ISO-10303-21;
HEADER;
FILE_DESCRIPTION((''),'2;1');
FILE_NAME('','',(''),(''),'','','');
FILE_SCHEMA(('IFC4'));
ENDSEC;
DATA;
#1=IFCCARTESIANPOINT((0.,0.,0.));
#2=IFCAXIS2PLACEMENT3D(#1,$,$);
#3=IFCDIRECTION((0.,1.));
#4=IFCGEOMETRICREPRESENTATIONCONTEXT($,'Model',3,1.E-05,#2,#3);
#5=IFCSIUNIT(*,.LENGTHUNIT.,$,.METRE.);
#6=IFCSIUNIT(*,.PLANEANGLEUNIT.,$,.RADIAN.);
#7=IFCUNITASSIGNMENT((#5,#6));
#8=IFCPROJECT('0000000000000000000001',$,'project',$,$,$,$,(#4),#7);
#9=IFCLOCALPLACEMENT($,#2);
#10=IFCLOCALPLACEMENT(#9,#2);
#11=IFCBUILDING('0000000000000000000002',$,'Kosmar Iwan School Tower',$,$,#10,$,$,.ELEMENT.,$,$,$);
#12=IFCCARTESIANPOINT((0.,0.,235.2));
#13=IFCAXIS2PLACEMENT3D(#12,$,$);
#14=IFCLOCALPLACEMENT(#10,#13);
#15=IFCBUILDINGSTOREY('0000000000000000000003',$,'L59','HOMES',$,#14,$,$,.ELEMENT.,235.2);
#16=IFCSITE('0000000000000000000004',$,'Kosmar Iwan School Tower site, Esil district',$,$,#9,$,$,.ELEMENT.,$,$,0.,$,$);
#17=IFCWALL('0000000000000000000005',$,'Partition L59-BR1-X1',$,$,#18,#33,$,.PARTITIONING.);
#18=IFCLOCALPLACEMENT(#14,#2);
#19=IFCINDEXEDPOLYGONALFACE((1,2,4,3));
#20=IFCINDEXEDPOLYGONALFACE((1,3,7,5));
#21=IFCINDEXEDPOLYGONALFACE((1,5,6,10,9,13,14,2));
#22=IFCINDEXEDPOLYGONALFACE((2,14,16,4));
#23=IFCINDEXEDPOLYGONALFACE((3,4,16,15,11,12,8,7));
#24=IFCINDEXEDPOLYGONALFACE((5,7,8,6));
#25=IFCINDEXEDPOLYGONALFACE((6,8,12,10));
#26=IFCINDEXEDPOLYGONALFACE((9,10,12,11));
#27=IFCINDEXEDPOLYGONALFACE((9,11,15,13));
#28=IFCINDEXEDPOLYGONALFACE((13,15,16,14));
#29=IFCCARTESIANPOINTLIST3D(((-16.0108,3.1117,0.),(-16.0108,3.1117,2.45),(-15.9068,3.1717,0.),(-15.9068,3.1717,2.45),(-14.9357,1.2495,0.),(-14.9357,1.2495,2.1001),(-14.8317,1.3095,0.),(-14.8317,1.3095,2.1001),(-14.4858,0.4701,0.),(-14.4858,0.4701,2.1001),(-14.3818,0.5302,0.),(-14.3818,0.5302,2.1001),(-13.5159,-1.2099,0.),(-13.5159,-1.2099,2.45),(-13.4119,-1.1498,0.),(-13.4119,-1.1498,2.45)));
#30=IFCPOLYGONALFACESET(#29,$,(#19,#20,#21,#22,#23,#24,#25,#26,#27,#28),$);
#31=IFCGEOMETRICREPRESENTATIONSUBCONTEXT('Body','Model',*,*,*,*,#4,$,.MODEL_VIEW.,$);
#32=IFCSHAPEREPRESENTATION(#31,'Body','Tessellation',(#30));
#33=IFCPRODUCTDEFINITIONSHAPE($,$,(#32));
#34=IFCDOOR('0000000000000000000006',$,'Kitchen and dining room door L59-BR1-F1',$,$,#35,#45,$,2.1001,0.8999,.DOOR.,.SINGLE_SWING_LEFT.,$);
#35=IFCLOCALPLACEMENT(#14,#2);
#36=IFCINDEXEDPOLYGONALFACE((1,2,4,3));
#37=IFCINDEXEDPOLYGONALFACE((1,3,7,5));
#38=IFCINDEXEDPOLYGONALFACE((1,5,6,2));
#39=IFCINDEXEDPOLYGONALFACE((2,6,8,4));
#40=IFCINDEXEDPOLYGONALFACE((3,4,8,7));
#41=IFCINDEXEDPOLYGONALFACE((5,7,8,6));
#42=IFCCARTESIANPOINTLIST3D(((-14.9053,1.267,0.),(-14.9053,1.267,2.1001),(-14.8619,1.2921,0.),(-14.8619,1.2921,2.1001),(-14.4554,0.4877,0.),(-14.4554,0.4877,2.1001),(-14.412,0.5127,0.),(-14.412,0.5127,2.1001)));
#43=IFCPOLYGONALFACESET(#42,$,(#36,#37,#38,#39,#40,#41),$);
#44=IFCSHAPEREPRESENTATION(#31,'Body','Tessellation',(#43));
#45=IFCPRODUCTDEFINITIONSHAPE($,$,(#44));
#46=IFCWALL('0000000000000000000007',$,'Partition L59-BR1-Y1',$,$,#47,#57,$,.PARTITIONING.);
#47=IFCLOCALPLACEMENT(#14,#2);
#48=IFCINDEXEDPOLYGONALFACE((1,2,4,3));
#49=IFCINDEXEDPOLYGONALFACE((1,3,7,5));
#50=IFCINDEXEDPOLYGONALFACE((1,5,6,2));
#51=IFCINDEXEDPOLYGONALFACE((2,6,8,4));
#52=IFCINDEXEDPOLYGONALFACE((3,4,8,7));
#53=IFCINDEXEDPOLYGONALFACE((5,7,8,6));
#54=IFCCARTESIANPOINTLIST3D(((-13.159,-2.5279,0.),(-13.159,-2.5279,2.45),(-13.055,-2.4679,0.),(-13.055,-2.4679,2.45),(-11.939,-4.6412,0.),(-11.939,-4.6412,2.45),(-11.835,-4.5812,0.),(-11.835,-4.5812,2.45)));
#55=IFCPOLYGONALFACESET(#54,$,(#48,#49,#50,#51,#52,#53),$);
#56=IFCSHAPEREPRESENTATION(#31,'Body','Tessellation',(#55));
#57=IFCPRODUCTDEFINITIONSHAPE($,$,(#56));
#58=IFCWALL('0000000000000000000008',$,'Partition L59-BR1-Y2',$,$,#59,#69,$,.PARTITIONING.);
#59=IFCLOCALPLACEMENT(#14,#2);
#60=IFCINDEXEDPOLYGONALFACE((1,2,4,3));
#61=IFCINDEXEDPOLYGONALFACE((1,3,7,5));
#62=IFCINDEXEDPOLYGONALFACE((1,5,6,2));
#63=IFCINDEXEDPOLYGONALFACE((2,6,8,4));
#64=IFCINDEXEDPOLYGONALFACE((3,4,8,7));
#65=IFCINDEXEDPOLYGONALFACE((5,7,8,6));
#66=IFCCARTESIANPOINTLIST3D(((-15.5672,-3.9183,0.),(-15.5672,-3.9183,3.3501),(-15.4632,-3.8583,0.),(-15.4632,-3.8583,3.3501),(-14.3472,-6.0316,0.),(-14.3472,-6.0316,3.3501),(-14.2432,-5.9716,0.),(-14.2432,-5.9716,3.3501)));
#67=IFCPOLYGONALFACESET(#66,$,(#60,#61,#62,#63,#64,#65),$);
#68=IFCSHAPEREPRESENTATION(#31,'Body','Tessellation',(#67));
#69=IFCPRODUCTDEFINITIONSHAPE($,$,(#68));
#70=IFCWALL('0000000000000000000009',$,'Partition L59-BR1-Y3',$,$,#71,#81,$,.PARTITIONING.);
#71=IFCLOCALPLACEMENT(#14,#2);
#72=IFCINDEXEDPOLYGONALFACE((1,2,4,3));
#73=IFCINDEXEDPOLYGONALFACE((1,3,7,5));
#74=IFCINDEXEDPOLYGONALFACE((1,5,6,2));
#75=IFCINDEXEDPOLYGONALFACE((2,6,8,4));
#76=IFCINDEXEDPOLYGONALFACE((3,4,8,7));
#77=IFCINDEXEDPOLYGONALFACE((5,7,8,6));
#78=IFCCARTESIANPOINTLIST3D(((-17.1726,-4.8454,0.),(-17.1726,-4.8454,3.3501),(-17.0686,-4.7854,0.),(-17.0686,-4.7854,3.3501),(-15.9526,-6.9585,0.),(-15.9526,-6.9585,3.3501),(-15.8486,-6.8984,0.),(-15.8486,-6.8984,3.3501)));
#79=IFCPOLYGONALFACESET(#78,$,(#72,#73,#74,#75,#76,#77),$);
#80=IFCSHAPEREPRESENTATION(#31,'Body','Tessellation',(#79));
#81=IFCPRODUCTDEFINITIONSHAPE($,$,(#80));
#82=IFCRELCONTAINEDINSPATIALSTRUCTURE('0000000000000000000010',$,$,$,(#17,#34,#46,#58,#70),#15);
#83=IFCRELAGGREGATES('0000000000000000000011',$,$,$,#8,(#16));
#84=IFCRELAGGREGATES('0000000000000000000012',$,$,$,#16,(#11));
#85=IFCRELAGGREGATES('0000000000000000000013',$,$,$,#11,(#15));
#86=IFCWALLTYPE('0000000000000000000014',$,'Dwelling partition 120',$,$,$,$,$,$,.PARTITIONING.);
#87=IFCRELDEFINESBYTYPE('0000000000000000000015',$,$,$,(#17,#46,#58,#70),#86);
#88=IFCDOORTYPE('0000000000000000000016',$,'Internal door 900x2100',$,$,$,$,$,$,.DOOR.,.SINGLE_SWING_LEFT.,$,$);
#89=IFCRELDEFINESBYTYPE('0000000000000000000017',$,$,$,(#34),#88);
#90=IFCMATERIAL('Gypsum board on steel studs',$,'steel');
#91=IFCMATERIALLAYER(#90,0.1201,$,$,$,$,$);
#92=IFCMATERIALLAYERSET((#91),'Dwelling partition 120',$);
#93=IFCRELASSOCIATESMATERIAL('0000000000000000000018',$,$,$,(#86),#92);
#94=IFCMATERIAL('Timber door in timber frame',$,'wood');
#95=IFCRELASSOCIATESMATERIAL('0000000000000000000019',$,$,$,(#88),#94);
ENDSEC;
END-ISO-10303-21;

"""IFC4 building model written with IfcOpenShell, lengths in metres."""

from ifc_helpers import new_model, si_unit, direction, frame, frame_2d, origin, place, context, subcontext, project, spatial, rectangle, extrude, material, layer, layer_set, type_object, element, fill, save


model = new_model("IFC4")

# Units and contexts
model_context = context("Model", 3, precision=1e-05, world=origin(), true_north=direction((0.0, 1.0)))
body_context = subcontext(model_context, "Body", "Model", "MODEL_VIEW")
ifc_project = project(units=[si_unit("LENGTHUNIT", "METRE"), si_unit("PLANEANGLEUNIT", "RADIAN")], contexts=[model_context])

# Site, building, storey
site_placement = place(None, origin())
site = spatial("IfcSite", under=ifc_project, at=site_placement, Name="Kosmar Iwan School Tower site, Esil district", CompositionType="ELEMENT", RefElevation=0.0)
building_placement = place(site_placement, origin())
building = spatial("IfcBuilding", under=site, at=building_placement, Name="Kosmar Iwan School Tower", CompositionType="ELEMENT")
storey_placement = place(building_placement, frame((0.0, 0.0, 235.2)))
storey = spatial("IfcBuildingStorey", under=building, at=storey_placement, Name="L59", Description="HOMES", CompositionType="ELEMENT", Elevation=235.2)

# Shared definitions
ifc_material_1 = material(Name="Gypsum board on steel studs", Category="steel")
ifc_layer_1 = layer(ifc_material_1, 0.1201)
ifc_layer_set_1 = layer_set([ifc_layer_1], Name="Dwelling partition 120")
wall_type_1 = type_object("IfcWallType", Name="Dwelling partition 120", PredefinedType="PARTITIONING", material=ifc_layer_set_1)

# Shared definitions
ifc_material_2 = material(Name="Timber door in timber frame", Category="wood")
door_type_1 = type_object("IfcDoorType", Name="Internal door 900x2100", OperationType="SINGLE_SWING_LEFT", PredefinedType="DOOR", material=ifc_material_2)

# Wall, opening, door
wall_1_placement = place(storey_placement, frame((-13.4639, -1.1799, 0.0), z_axis=(0.0, 0.0, 1.0), x_axis=(-0.499975, 0.86604, 0.0)))
wall_1 = element("IfcWall", 1, at=wall_1_placement, inside=storey, type_object=wall_type_1, Name="Partition L59-BR1-X1", PredefinedType="PARTITIONING", context=body_context, shape_type="SweptSolid", body=[
    extrude(rectangle(XDim=4.99, YDim=0.1201, at=frame_2d((2.4951, 0.0))), origin(), (0.0, 0.0, 1.0), 2.45),
])
opening_1_placement = place(wall_1_placement, frame((1.9399, 0.0, 0.0)))
opening_1 = element("IfcOpeningElement", 2, at=opening_1_placement, cuts=wall_1, PredefinedType="OPENING", context=body_context, shape_type="SweptSolid", body=[
    extrude(rectangle(XDim=0.8999, YDim=2.1001, at=frame_2d((0.45, 1.05))), frame((0.0, 0.072, 0.0), z_axis=(0.0, -1.0, 0.0), x_axis=(1.0, 0.0, 0.0)), (0.0, 0.0, 1.0), 0.144),
])
door_1_placement = place(opening_1_placement, origin())
door_1 = element("IfcDoor", 3, at=door_1_placement, inside=storey, type_object=door_type_1, Name="Kitchen and dining room door L59-BR1-F1", OperationType="SINGLE_SWING_LEFT", OverallHeight=2.1001, OverallWidth=0.8999, PredefinedType="DOOR", context=body_context, shape_type="SweptSolid", body=[
    extrude(rectangle(XDim=0.8999, YDim=2.1001, at=frame_2d((0.45, 1.05))), frame((0.0, 0.0249, 0.0), z_axis=(0.0, -1.0, 0.0), x_axis=(1.0, 0.0, 0.0)), (0.0, 0.0, 1.0), 0.05),
])
fill(opening_1, door_1)

# Walls
wall_2_placement = place(storey_placement, frame((-11.887, -4.6113, 0.0), z_axis=(0.0, 0.0, 1.0), x_axis=(-0.499959, 0.866049, 0.0)))
element("IfcWall", 4, at=wall_2_placement, inside=storey, type_object=wall_type_1, Name="Partition L59-BR1-Y1", PredefinedType="PARTITIONING", context=body_context, shape_type="SweptSolid", body=[
    extrude(rectangle(XDim=2.4402, YDim=0.1201, at=frame_2d((1.2202, 0.0))), origin(), (0.0, 0.0, 1.0), 2.45),
])
wall_3_placement = place(storey_placement, frame((-14.2952, -6.0017, 0.0), z_axis=(0.0, 0.0, 1.0), x_axis=(-0.499959, 0.866049, 0.0)))
element("IfcWall", 5, at=wall_3_placement, inside=storey, type_object=wall_type_1, Name="Partition L59-BR1-Y2", PredefinedType="PARTITIONING", context=body_context, shape_type="SweptSolid", body=[
    extrude(rectangle(XDim=2.4402, YDim=0.1201, at=frame_2d((1.2202, 0.0))), origin(), (0.0, 0.0, 1.0), 3.3501),
])
wall_4_placement = place(storey_placement, frame((-15.9006, -6.9285, 0.0), z_axis=(0.0, 0.0, 1.0), x_axis=(-0.500003, 0.866024, 0.0)))
element("IfcWall", 6, at=wall_4_placement, inside=storey, type_object=wall_type_1, Name="Partition L59-BR1-Y3", PredefinedType="PARTITIONING", context=body_context, shape_type="SweptSolid", body=[
    extrude(rectangle(XDim=2.4399, YDim=0.1201, at=frame_2d((1.22, 0.0))), origin(), (0.0, 0.0, 1.0), 3.3501),
])

save(model, "model.ifc")
